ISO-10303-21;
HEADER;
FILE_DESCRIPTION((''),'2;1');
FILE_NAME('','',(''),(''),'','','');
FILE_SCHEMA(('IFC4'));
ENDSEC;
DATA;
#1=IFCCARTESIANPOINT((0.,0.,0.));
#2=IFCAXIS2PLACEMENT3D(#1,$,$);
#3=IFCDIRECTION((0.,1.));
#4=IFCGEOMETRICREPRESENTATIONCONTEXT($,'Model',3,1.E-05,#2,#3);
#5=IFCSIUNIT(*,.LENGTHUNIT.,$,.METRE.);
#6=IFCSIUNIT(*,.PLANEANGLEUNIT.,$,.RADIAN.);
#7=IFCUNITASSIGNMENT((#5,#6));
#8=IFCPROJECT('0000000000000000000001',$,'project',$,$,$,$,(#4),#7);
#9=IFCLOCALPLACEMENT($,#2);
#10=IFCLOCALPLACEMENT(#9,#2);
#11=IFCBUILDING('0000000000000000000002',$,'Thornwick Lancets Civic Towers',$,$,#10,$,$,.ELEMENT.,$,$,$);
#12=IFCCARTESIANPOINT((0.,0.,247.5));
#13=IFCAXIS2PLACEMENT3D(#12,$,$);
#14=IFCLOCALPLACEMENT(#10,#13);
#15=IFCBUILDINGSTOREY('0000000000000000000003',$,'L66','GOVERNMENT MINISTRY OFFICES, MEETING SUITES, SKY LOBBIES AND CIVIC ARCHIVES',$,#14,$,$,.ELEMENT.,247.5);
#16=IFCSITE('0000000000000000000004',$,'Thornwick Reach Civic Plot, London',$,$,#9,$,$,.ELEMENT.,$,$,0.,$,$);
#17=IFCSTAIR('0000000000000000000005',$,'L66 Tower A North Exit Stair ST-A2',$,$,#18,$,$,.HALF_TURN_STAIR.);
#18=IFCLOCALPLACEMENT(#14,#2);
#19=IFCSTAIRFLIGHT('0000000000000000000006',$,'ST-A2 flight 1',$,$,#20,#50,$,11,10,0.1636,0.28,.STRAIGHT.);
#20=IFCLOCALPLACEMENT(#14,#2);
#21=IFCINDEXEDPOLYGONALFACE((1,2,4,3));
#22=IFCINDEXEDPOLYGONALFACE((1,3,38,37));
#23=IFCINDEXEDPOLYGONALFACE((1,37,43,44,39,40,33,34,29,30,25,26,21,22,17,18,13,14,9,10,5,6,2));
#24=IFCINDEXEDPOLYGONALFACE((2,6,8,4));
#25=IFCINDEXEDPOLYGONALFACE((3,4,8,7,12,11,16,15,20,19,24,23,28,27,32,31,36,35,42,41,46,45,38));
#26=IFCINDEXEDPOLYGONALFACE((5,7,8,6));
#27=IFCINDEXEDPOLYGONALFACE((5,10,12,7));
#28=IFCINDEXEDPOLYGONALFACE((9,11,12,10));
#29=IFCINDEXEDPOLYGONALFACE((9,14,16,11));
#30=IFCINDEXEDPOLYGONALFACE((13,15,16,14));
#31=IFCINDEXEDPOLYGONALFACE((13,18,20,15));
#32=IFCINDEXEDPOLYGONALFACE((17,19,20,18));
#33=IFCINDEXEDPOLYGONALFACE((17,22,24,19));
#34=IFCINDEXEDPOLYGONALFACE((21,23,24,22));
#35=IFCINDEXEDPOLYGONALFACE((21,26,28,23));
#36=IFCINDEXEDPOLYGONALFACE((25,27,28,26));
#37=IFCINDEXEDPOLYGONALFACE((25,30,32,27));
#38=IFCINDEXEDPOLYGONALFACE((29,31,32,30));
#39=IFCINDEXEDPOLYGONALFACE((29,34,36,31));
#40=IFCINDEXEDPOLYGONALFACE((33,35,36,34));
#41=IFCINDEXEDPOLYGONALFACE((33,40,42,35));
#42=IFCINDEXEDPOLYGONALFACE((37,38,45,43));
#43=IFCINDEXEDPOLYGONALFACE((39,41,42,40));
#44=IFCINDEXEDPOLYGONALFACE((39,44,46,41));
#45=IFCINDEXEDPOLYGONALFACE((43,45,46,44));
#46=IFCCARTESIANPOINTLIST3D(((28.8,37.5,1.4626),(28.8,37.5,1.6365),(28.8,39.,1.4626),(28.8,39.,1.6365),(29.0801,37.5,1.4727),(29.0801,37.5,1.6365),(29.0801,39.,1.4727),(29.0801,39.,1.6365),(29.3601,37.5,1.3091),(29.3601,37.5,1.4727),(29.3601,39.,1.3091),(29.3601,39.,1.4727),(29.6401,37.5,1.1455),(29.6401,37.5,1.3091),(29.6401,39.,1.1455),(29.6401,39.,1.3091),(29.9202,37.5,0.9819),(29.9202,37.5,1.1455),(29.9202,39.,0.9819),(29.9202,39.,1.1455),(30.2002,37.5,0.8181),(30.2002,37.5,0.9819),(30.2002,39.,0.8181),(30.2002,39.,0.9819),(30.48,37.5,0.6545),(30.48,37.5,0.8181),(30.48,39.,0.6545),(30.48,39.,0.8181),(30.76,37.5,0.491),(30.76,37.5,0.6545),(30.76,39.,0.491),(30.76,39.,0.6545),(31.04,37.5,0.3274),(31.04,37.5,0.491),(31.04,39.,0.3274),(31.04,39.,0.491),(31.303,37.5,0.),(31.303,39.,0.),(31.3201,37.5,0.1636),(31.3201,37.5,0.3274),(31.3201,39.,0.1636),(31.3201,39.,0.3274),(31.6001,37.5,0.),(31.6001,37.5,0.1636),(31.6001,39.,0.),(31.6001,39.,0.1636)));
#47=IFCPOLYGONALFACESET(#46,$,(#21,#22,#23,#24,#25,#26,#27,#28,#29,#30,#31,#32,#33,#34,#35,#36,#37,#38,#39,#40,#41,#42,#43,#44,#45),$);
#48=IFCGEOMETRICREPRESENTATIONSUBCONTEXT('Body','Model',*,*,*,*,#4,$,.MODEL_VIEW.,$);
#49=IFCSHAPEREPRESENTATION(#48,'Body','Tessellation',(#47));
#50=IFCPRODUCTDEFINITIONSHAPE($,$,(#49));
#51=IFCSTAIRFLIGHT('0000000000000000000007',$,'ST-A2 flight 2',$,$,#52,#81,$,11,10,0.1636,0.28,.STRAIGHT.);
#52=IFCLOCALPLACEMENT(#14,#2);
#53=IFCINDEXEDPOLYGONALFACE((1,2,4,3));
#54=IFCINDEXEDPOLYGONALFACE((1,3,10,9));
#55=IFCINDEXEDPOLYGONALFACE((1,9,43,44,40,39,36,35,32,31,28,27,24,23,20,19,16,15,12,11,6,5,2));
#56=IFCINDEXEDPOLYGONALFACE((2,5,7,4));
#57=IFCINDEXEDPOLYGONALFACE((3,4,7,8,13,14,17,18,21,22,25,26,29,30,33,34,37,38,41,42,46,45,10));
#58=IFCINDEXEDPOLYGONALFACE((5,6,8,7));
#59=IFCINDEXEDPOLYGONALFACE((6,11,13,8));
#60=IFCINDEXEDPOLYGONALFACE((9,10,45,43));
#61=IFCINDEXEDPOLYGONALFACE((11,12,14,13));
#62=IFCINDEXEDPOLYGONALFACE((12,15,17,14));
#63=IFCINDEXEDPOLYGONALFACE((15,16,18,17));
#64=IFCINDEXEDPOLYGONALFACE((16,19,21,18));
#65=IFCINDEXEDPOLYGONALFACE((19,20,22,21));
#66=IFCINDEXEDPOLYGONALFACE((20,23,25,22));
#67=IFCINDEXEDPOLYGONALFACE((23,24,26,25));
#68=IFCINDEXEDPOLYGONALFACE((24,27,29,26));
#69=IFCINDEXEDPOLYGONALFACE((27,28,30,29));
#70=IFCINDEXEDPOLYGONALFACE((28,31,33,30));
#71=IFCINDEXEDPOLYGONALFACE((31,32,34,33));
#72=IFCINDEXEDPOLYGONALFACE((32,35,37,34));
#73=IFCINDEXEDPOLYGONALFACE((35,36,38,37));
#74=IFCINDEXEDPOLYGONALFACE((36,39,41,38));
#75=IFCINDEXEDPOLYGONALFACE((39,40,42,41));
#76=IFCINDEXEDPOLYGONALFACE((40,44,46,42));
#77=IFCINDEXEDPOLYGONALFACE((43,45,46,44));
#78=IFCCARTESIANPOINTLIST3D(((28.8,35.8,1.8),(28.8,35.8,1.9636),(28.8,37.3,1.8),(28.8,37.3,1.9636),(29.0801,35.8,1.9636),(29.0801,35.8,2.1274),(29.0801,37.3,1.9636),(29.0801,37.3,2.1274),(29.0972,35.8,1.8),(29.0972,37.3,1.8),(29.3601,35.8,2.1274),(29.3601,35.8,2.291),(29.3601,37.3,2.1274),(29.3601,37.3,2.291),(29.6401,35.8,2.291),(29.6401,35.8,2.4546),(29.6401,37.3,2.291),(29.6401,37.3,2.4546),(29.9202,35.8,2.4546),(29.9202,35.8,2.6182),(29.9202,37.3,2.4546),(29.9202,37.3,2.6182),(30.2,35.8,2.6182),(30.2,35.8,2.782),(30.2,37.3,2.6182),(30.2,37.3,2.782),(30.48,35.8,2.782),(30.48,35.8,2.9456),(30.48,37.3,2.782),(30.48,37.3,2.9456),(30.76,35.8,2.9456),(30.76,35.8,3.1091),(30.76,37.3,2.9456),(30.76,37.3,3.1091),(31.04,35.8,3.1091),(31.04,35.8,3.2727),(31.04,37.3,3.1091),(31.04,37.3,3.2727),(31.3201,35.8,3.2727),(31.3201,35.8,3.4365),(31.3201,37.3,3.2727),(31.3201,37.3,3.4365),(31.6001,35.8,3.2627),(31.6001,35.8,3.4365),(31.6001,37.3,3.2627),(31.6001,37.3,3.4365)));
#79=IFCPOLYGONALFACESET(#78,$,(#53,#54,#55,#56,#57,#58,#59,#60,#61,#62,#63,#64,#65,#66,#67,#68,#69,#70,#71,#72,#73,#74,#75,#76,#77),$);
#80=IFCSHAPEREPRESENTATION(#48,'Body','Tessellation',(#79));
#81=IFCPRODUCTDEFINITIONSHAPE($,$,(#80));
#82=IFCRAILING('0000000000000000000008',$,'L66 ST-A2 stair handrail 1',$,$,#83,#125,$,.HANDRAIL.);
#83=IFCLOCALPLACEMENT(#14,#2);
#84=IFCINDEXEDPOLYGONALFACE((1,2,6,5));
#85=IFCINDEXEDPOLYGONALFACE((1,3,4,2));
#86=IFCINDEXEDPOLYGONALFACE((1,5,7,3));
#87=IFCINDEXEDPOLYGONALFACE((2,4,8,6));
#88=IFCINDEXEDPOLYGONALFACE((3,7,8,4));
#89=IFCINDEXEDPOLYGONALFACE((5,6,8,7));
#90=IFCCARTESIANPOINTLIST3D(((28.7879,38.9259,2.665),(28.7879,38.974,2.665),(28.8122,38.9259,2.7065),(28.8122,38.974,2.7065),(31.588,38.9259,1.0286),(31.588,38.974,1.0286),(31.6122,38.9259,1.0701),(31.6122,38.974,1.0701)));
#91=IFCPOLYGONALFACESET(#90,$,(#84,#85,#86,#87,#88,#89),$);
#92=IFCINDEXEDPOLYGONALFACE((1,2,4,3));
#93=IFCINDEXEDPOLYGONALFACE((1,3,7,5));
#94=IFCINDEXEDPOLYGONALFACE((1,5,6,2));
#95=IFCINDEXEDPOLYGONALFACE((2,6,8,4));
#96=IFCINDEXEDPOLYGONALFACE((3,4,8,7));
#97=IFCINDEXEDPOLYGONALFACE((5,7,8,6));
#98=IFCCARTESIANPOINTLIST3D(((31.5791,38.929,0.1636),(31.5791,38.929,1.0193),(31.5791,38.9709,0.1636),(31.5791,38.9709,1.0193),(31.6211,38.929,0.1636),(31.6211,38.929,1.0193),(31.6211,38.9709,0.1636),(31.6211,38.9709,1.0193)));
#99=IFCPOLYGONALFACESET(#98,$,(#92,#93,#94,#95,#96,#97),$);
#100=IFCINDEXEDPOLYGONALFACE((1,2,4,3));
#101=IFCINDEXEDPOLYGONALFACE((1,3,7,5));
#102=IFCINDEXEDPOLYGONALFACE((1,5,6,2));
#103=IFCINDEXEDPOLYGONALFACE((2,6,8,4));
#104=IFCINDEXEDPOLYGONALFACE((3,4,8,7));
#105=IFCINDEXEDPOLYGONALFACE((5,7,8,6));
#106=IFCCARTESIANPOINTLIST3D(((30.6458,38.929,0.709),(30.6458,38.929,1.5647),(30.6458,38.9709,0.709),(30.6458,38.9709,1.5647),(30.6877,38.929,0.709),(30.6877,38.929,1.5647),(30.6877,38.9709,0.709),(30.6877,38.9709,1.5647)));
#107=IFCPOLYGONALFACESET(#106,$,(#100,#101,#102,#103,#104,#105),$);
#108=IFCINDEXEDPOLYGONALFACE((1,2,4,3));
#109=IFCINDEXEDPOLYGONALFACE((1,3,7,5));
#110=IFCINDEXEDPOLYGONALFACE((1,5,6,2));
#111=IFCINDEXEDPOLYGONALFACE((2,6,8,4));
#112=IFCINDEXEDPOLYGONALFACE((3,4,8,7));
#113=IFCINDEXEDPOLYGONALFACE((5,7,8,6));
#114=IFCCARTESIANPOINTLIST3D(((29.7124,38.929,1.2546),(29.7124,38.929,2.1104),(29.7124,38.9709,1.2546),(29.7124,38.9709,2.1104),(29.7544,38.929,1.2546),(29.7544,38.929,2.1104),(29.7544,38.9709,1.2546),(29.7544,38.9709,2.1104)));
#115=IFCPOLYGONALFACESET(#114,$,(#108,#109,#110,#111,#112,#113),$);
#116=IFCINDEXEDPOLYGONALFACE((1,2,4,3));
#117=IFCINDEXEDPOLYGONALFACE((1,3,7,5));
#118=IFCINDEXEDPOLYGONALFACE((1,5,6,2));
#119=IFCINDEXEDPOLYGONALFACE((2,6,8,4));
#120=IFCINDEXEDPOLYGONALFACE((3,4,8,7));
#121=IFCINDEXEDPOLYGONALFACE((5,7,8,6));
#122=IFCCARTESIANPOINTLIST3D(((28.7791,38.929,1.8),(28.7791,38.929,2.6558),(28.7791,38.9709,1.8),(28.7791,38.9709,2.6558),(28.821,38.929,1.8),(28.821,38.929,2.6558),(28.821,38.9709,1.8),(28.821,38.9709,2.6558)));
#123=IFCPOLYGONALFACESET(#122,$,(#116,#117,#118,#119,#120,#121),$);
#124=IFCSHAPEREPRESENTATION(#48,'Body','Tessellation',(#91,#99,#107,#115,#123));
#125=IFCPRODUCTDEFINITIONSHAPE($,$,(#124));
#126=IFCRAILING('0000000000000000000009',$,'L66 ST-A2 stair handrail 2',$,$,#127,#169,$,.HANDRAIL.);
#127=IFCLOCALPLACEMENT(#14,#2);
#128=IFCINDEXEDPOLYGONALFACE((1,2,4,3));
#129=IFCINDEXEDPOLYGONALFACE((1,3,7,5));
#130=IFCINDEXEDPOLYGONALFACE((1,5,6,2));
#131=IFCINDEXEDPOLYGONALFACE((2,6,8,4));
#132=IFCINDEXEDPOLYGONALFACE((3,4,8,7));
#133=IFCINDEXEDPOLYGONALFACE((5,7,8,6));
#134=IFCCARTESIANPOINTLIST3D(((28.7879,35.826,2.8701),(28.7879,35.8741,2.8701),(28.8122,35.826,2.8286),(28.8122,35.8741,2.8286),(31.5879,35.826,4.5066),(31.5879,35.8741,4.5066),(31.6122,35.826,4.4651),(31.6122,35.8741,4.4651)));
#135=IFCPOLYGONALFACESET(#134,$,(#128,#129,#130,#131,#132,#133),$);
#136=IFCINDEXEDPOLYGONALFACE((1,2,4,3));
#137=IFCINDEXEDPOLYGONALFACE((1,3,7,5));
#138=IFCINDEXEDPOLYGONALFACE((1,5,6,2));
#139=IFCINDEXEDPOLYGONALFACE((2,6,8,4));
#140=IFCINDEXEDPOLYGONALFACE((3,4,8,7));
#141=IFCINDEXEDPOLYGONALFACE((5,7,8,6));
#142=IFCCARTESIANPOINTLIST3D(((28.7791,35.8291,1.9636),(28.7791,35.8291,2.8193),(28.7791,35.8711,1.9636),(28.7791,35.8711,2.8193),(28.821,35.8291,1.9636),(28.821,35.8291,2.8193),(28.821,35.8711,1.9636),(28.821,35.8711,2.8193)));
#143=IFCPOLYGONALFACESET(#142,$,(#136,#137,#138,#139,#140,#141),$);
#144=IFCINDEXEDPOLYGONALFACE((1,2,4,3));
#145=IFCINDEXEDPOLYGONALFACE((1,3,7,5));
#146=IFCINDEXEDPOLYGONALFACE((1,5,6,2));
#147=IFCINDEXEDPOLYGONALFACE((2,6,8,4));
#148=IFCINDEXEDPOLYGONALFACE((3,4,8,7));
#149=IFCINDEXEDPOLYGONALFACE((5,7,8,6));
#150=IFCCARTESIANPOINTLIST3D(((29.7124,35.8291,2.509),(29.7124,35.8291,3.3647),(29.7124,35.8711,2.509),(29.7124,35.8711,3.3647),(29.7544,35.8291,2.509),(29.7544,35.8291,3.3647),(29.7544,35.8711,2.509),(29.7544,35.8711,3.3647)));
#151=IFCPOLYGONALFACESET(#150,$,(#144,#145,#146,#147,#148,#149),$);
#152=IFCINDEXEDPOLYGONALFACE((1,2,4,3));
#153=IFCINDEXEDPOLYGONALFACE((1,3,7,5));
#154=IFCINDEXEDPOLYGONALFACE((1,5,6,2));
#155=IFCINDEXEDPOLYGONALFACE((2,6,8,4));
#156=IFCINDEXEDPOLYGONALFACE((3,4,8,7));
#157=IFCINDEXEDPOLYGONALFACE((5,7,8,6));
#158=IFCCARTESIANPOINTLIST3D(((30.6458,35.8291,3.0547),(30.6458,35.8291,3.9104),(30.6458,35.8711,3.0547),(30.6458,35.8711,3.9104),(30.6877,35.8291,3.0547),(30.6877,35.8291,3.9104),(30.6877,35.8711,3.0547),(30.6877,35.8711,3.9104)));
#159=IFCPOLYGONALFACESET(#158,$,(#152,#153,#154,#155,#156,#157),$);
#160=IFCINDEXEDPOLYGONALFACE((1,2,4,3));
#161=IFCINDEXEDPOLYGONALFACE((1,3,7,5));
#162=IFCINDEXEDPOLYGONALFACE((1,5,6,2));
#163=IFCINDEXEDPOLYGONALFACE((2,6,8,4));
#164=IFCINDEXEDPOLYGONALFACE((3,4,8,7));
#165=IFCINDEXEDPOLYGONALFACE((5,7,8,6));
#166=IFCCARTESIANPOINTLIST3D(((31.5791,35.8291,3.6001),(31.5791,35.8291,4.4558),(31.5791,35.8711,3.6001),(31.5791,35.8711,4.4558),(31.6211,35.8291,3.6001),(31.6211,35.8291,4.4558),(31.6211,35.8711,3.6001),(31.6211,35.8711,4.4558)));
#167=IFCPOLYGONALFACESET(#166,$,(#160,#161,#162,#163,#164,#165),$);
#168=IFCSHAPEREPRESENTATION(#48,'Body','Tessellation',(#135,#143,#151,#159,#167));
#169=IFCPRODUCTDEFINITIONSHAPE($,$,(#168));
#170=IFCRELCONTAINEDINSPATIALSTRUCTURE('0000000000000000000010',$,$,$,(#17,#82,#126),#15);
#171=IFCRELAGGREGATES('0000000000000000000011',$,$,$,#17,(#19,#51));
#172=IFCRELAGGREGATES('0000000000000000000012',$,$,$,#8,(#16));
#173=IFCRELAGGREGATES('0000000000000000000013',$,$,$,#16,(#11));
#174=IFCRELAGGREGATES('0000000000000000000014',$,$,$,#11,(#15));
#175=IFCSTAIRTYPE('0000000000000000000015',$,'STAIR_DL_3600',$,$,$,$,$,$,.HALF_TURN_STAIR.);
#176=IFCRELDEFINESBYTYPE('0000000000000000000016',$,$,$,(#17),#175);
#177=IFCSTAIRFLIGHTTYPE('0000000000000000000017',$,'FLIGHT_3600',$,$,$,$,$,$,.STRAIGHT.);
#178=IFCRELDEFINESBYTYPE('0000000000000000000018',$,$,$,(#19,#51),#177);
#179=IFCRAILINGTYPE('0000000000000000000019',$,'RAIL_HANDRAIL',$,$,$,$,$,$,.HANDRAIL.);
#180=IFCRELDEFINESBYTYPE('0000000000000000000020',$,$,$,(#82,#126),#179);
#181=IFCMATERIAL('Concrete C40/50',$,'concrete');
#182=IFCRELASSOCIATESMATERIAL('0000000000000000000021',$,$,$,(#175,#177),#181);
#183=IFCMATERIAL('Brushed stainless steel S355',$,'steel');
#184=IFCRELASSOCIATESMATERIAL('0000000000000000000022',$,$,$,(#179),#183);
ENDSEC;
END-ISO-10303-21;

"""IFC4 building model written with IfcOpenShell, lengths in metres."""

from ifc_helpers import new_model, si_unit, direction, frame, origin, origin_2d, place, context, subcontext, project, spatial, polyline, rectangle, outline, extrude, material, type_object, element, aggregate, save


model = new_model("IFC4")

# Units and contexts
model_context = context("Model", 3, precision=1e-05, world=origin(), true_north=direction((0.0, 1.0)))
body_context = subcontext(model_context, "Body", "Model", "MODEL_VIEW")
ifc_project = project(units=[si_unit("LENGTHUNIT", "METRE"), si_unit("PLANEANGLEUNIT", "RADIAN")], contexts=[model_context])

# Site, building, storey
site_placement = place(None, origin())
site = spatial("IfcSite", under=ifc_project, at=site_placement, Name="Thornwick Reach Civic Plot, London", CompositionType="ELEMENT", RefElevation=0.0)
building_placement = place(site_placement, origin())
building = spatial("IfcBuilding", under=site, at=building_placement, Name="Thornwick Lancets Civic Towers", CompositionType="ELEMENT")
storey_placement = place(building_placement, frame((0.0, 0.0, 247.5)))
storey = spatial("IfcBuildingStorey", under=building, at=storey_placement, Name="L66", Description="GOVERNMENT MINISTRY OFFICES, MEETING SUITES, SKY LOBBIES AND CIVIC ARCHIVES", CompositionType="ELEMENT", Elevation=247.5)

# Shared definitions
ifc_material_1 = material(Name="Concrete C40/50", Category="concrete")

# Stair, stair flights
stair_type = type_object("IfcStairType", Name="STAIR_DL_3600", PredefinedType="HALF_TURN_STAIR", material=ifc_material_1)
stair_placement = place(storey_placement, origin())
stair = element("IfcStair", 1, at=stair_placement, inside=storey, type_object=stair_type, Name="L66 Tower A North Exit Stair ST-A2", PredefinedType="HALF_TURN_STAIR")
stair_flight_type = type_object("IfcStairFlightType", Name="FLIGHT_3600", PredefinedType="STRAIGHT", material=ifc_material_1)
stair_flight_1_placement = place(storey_placement, frame((31.6001, 38.25, 0.0), z_axis=(0.0, 0.0, 1.0), x_axis=(-1.0, 0.0, 0.0)))
stair_flight_1 = element("IfcStairFlight", 2, at=stair_flight_1_placement, type_object=stair_flight_type, Name="ST-A2 flight 1", NumberOfRisers=11, NumberOfTreads=10, PredefinedType="STRAIGHT", RiserHeight=0.1636, TreadLength=0.28, context=body_context, shape_type="SweptSolid", body=[
    extrude(outline(polyline([(0.0, 0.0), (0.0, 0.1636), (0.28, 0.1636), (0.28, 0.3274), (0.5601, 0.3274), (0.5601, 0.491), (0.8401, 0.491), (0.8401, 0.6545), (1.1201, 0.6545), (1.1201, 0.8181), (1.3999, 0.8181), (1.3999, 0.9819), (1.6799, 0.9819), (1.6799, 1.1455), (1.96, 1.1455), (1.96, 1.3091), (2.24, 1.3091), (2.24, 1.4727), (2.52, 1.4727), (2.52, 1.6365), (2.8, 1.6365), (2.8, 1.8), (2.8, 1.4626), (0.2971, 0.0), (0.0, 0.0)])), frame((0.0, 0.75, 0.0), z_axis=(0.0, -1.0, 0.0), x_axis=(1.0, 0.0, 0.0)), (0.0, 0.0, 1.0), 1.5),
])
stair_flight_2_placement = place(storey_placement, frame((28.8, 36.55, 1.8), z_axis=(0.0, 0.0, 1.0), x_axis=(1.0, 0.0, 0.0)))
stair_flight_2 = element("IfcStairFlight", 3, at=stair_flight_2_placement, type_object=stair_flight_type, Name="ST-A2 flight 2", NumberOfRisers=11, NumberOfTreads=10, PredefinedType="STRAIGHT", RiserHeight=0.1636, TreadLength=0.28, context=body_context, shape_type="SweptSolid", body=[
    extrude(outline(polyline([(0.0, 0.0), (0.0, 0.1636), (0.28, 0.1636), (0.28, 0.3274), (0.5601, 0.3274), (0.5601, 0.491), (0.8401, 0.491), (0.8401, 0.6545), (1.1201, 0.6545), (1.1201, 0.8181), (1.3999, 0.8181), (1.3999, 0.9819), (1.6799, 0.9819), (1.6799, 1.1455), (1.96, 1.1455), (1.96, 1.3091), (2.24, 1.3091), (2.24, 1.4727), (2.52, 1.4727), (2.52, 1.6365), (2.8, 1.6365), (2.8, 1.8), (2.8, 1.4626), (0.2971, 0.0), (0.0, 0.0)])), frame((0.0, 0.75, 0.0), z_axis=(0.0, -1.0, 0.0), x_axis=(1.0, 0.0, 0.0)), (0.0, 0.0, 1.0), 1.5),
])
aggregate(stair, [stair_flight_1, stair_flight_2])

# Railings
ifc_material_2 = material(Name="Brushed stainless steel S355", Category="steel")
railing_type_1 = type_object("IfcRailingType", Name="RAIL_HANDRAIL", PredefinedType="HANDRAIL", material=ifc_material_2)
railing_1_placement = place(storey_placement, frame((31.6001, 38.95, 0.1636)))
element("IfcRailing", 4, at=railing_1_placement, inside=storey, type_object=railing_type_1, Name="L66 ST-A2 stair handrail 1", PredefinedType="HANDRAIL", context=body_context, shape_type="SweptSolid", body=[
    extrude(rectangle(XDim=0.0481, YDim=0.0481, at=origin_2d()), frame((0.0, 0.0, 0.8857), z_axis=(-0.863361, 0.0, 0.504587), x_axis=(0.0, -1.0, 0.0)), (0.0, 0.0, 1.0), 3.2432),
    extrude(rectangle(XDim=0.042, YDim=0.042, at=origin_2d()), origin(), (0.0, 0.0, 1.0), 0.8557),
    extrude(rectangle(XDim=0.042, YDim=0.042, at=origin_2d()), frame((-0.9333, 0.0, 0.5454)), (0.0, 0.0, 1.0), 0.8557),
    extrude(rectangle(XDim=0.042, YDim=0.042, at=origin_2d()), frame((-1.8667, 0.0, 1.0911)), (0.0, 0.0, 1.0), 0.8557),
    extrude(rectangle(XDim=0.042, YDim=0.042, at=origin_2d()), frame((-2.8, 0.0, 1.6365)), (0.0, 0.0, 1.0), 0.8557),
])
railing_2_placement = place(storey_placement, frame((28.8, 35.8501, 1.9636)))
element("IfcRailing", 5, at=railing_2_placement, inside=storey, type_object=railing_type_1, Name="L66 ST-A2 stair handrail 2", PredefinedType="HANDRAIL", context=body_context, shape_type="SweptSolid", body=[
    extrude(rectangle(XDim=0.0481, YDim=0.0481, at=origin_2d()), frame((0.0, 0.0, 0.8857), z_axis=(0.863361, 0.0, 0.504587), x_axis=(0.0, 1.0, 0.0)), (0.0, 0.0, 1.0), 3.2432),
    extrude(rectangle(XDim=0.042, YDim=0.042, at=origin_2d()), origin(), (0.0, 0.0, 1.0), 0.8557),
    extrude(rectangle(XDim=0.042, YDim=0.042, at=origin_2d()), frame((0.9333, 0.0, 0.5454)), (0.0, 0.0, 1.0), 0.8557),
    extrude(rectangle(XDim=0.042, YDim=0.042, at=origin_2d()), frame((1.8667, 0.0, 1.0911)), (0.0, 0.0, 1.0), 0.8557),
    extrude(rectangle(XDim=0.042, YDim=0.042, at=origin_2d()), frame((2.8, 0.0, 1.6365)), (0.0, 0.0, 1.0), 0.8557),
])

save(model, "model.ifc")
